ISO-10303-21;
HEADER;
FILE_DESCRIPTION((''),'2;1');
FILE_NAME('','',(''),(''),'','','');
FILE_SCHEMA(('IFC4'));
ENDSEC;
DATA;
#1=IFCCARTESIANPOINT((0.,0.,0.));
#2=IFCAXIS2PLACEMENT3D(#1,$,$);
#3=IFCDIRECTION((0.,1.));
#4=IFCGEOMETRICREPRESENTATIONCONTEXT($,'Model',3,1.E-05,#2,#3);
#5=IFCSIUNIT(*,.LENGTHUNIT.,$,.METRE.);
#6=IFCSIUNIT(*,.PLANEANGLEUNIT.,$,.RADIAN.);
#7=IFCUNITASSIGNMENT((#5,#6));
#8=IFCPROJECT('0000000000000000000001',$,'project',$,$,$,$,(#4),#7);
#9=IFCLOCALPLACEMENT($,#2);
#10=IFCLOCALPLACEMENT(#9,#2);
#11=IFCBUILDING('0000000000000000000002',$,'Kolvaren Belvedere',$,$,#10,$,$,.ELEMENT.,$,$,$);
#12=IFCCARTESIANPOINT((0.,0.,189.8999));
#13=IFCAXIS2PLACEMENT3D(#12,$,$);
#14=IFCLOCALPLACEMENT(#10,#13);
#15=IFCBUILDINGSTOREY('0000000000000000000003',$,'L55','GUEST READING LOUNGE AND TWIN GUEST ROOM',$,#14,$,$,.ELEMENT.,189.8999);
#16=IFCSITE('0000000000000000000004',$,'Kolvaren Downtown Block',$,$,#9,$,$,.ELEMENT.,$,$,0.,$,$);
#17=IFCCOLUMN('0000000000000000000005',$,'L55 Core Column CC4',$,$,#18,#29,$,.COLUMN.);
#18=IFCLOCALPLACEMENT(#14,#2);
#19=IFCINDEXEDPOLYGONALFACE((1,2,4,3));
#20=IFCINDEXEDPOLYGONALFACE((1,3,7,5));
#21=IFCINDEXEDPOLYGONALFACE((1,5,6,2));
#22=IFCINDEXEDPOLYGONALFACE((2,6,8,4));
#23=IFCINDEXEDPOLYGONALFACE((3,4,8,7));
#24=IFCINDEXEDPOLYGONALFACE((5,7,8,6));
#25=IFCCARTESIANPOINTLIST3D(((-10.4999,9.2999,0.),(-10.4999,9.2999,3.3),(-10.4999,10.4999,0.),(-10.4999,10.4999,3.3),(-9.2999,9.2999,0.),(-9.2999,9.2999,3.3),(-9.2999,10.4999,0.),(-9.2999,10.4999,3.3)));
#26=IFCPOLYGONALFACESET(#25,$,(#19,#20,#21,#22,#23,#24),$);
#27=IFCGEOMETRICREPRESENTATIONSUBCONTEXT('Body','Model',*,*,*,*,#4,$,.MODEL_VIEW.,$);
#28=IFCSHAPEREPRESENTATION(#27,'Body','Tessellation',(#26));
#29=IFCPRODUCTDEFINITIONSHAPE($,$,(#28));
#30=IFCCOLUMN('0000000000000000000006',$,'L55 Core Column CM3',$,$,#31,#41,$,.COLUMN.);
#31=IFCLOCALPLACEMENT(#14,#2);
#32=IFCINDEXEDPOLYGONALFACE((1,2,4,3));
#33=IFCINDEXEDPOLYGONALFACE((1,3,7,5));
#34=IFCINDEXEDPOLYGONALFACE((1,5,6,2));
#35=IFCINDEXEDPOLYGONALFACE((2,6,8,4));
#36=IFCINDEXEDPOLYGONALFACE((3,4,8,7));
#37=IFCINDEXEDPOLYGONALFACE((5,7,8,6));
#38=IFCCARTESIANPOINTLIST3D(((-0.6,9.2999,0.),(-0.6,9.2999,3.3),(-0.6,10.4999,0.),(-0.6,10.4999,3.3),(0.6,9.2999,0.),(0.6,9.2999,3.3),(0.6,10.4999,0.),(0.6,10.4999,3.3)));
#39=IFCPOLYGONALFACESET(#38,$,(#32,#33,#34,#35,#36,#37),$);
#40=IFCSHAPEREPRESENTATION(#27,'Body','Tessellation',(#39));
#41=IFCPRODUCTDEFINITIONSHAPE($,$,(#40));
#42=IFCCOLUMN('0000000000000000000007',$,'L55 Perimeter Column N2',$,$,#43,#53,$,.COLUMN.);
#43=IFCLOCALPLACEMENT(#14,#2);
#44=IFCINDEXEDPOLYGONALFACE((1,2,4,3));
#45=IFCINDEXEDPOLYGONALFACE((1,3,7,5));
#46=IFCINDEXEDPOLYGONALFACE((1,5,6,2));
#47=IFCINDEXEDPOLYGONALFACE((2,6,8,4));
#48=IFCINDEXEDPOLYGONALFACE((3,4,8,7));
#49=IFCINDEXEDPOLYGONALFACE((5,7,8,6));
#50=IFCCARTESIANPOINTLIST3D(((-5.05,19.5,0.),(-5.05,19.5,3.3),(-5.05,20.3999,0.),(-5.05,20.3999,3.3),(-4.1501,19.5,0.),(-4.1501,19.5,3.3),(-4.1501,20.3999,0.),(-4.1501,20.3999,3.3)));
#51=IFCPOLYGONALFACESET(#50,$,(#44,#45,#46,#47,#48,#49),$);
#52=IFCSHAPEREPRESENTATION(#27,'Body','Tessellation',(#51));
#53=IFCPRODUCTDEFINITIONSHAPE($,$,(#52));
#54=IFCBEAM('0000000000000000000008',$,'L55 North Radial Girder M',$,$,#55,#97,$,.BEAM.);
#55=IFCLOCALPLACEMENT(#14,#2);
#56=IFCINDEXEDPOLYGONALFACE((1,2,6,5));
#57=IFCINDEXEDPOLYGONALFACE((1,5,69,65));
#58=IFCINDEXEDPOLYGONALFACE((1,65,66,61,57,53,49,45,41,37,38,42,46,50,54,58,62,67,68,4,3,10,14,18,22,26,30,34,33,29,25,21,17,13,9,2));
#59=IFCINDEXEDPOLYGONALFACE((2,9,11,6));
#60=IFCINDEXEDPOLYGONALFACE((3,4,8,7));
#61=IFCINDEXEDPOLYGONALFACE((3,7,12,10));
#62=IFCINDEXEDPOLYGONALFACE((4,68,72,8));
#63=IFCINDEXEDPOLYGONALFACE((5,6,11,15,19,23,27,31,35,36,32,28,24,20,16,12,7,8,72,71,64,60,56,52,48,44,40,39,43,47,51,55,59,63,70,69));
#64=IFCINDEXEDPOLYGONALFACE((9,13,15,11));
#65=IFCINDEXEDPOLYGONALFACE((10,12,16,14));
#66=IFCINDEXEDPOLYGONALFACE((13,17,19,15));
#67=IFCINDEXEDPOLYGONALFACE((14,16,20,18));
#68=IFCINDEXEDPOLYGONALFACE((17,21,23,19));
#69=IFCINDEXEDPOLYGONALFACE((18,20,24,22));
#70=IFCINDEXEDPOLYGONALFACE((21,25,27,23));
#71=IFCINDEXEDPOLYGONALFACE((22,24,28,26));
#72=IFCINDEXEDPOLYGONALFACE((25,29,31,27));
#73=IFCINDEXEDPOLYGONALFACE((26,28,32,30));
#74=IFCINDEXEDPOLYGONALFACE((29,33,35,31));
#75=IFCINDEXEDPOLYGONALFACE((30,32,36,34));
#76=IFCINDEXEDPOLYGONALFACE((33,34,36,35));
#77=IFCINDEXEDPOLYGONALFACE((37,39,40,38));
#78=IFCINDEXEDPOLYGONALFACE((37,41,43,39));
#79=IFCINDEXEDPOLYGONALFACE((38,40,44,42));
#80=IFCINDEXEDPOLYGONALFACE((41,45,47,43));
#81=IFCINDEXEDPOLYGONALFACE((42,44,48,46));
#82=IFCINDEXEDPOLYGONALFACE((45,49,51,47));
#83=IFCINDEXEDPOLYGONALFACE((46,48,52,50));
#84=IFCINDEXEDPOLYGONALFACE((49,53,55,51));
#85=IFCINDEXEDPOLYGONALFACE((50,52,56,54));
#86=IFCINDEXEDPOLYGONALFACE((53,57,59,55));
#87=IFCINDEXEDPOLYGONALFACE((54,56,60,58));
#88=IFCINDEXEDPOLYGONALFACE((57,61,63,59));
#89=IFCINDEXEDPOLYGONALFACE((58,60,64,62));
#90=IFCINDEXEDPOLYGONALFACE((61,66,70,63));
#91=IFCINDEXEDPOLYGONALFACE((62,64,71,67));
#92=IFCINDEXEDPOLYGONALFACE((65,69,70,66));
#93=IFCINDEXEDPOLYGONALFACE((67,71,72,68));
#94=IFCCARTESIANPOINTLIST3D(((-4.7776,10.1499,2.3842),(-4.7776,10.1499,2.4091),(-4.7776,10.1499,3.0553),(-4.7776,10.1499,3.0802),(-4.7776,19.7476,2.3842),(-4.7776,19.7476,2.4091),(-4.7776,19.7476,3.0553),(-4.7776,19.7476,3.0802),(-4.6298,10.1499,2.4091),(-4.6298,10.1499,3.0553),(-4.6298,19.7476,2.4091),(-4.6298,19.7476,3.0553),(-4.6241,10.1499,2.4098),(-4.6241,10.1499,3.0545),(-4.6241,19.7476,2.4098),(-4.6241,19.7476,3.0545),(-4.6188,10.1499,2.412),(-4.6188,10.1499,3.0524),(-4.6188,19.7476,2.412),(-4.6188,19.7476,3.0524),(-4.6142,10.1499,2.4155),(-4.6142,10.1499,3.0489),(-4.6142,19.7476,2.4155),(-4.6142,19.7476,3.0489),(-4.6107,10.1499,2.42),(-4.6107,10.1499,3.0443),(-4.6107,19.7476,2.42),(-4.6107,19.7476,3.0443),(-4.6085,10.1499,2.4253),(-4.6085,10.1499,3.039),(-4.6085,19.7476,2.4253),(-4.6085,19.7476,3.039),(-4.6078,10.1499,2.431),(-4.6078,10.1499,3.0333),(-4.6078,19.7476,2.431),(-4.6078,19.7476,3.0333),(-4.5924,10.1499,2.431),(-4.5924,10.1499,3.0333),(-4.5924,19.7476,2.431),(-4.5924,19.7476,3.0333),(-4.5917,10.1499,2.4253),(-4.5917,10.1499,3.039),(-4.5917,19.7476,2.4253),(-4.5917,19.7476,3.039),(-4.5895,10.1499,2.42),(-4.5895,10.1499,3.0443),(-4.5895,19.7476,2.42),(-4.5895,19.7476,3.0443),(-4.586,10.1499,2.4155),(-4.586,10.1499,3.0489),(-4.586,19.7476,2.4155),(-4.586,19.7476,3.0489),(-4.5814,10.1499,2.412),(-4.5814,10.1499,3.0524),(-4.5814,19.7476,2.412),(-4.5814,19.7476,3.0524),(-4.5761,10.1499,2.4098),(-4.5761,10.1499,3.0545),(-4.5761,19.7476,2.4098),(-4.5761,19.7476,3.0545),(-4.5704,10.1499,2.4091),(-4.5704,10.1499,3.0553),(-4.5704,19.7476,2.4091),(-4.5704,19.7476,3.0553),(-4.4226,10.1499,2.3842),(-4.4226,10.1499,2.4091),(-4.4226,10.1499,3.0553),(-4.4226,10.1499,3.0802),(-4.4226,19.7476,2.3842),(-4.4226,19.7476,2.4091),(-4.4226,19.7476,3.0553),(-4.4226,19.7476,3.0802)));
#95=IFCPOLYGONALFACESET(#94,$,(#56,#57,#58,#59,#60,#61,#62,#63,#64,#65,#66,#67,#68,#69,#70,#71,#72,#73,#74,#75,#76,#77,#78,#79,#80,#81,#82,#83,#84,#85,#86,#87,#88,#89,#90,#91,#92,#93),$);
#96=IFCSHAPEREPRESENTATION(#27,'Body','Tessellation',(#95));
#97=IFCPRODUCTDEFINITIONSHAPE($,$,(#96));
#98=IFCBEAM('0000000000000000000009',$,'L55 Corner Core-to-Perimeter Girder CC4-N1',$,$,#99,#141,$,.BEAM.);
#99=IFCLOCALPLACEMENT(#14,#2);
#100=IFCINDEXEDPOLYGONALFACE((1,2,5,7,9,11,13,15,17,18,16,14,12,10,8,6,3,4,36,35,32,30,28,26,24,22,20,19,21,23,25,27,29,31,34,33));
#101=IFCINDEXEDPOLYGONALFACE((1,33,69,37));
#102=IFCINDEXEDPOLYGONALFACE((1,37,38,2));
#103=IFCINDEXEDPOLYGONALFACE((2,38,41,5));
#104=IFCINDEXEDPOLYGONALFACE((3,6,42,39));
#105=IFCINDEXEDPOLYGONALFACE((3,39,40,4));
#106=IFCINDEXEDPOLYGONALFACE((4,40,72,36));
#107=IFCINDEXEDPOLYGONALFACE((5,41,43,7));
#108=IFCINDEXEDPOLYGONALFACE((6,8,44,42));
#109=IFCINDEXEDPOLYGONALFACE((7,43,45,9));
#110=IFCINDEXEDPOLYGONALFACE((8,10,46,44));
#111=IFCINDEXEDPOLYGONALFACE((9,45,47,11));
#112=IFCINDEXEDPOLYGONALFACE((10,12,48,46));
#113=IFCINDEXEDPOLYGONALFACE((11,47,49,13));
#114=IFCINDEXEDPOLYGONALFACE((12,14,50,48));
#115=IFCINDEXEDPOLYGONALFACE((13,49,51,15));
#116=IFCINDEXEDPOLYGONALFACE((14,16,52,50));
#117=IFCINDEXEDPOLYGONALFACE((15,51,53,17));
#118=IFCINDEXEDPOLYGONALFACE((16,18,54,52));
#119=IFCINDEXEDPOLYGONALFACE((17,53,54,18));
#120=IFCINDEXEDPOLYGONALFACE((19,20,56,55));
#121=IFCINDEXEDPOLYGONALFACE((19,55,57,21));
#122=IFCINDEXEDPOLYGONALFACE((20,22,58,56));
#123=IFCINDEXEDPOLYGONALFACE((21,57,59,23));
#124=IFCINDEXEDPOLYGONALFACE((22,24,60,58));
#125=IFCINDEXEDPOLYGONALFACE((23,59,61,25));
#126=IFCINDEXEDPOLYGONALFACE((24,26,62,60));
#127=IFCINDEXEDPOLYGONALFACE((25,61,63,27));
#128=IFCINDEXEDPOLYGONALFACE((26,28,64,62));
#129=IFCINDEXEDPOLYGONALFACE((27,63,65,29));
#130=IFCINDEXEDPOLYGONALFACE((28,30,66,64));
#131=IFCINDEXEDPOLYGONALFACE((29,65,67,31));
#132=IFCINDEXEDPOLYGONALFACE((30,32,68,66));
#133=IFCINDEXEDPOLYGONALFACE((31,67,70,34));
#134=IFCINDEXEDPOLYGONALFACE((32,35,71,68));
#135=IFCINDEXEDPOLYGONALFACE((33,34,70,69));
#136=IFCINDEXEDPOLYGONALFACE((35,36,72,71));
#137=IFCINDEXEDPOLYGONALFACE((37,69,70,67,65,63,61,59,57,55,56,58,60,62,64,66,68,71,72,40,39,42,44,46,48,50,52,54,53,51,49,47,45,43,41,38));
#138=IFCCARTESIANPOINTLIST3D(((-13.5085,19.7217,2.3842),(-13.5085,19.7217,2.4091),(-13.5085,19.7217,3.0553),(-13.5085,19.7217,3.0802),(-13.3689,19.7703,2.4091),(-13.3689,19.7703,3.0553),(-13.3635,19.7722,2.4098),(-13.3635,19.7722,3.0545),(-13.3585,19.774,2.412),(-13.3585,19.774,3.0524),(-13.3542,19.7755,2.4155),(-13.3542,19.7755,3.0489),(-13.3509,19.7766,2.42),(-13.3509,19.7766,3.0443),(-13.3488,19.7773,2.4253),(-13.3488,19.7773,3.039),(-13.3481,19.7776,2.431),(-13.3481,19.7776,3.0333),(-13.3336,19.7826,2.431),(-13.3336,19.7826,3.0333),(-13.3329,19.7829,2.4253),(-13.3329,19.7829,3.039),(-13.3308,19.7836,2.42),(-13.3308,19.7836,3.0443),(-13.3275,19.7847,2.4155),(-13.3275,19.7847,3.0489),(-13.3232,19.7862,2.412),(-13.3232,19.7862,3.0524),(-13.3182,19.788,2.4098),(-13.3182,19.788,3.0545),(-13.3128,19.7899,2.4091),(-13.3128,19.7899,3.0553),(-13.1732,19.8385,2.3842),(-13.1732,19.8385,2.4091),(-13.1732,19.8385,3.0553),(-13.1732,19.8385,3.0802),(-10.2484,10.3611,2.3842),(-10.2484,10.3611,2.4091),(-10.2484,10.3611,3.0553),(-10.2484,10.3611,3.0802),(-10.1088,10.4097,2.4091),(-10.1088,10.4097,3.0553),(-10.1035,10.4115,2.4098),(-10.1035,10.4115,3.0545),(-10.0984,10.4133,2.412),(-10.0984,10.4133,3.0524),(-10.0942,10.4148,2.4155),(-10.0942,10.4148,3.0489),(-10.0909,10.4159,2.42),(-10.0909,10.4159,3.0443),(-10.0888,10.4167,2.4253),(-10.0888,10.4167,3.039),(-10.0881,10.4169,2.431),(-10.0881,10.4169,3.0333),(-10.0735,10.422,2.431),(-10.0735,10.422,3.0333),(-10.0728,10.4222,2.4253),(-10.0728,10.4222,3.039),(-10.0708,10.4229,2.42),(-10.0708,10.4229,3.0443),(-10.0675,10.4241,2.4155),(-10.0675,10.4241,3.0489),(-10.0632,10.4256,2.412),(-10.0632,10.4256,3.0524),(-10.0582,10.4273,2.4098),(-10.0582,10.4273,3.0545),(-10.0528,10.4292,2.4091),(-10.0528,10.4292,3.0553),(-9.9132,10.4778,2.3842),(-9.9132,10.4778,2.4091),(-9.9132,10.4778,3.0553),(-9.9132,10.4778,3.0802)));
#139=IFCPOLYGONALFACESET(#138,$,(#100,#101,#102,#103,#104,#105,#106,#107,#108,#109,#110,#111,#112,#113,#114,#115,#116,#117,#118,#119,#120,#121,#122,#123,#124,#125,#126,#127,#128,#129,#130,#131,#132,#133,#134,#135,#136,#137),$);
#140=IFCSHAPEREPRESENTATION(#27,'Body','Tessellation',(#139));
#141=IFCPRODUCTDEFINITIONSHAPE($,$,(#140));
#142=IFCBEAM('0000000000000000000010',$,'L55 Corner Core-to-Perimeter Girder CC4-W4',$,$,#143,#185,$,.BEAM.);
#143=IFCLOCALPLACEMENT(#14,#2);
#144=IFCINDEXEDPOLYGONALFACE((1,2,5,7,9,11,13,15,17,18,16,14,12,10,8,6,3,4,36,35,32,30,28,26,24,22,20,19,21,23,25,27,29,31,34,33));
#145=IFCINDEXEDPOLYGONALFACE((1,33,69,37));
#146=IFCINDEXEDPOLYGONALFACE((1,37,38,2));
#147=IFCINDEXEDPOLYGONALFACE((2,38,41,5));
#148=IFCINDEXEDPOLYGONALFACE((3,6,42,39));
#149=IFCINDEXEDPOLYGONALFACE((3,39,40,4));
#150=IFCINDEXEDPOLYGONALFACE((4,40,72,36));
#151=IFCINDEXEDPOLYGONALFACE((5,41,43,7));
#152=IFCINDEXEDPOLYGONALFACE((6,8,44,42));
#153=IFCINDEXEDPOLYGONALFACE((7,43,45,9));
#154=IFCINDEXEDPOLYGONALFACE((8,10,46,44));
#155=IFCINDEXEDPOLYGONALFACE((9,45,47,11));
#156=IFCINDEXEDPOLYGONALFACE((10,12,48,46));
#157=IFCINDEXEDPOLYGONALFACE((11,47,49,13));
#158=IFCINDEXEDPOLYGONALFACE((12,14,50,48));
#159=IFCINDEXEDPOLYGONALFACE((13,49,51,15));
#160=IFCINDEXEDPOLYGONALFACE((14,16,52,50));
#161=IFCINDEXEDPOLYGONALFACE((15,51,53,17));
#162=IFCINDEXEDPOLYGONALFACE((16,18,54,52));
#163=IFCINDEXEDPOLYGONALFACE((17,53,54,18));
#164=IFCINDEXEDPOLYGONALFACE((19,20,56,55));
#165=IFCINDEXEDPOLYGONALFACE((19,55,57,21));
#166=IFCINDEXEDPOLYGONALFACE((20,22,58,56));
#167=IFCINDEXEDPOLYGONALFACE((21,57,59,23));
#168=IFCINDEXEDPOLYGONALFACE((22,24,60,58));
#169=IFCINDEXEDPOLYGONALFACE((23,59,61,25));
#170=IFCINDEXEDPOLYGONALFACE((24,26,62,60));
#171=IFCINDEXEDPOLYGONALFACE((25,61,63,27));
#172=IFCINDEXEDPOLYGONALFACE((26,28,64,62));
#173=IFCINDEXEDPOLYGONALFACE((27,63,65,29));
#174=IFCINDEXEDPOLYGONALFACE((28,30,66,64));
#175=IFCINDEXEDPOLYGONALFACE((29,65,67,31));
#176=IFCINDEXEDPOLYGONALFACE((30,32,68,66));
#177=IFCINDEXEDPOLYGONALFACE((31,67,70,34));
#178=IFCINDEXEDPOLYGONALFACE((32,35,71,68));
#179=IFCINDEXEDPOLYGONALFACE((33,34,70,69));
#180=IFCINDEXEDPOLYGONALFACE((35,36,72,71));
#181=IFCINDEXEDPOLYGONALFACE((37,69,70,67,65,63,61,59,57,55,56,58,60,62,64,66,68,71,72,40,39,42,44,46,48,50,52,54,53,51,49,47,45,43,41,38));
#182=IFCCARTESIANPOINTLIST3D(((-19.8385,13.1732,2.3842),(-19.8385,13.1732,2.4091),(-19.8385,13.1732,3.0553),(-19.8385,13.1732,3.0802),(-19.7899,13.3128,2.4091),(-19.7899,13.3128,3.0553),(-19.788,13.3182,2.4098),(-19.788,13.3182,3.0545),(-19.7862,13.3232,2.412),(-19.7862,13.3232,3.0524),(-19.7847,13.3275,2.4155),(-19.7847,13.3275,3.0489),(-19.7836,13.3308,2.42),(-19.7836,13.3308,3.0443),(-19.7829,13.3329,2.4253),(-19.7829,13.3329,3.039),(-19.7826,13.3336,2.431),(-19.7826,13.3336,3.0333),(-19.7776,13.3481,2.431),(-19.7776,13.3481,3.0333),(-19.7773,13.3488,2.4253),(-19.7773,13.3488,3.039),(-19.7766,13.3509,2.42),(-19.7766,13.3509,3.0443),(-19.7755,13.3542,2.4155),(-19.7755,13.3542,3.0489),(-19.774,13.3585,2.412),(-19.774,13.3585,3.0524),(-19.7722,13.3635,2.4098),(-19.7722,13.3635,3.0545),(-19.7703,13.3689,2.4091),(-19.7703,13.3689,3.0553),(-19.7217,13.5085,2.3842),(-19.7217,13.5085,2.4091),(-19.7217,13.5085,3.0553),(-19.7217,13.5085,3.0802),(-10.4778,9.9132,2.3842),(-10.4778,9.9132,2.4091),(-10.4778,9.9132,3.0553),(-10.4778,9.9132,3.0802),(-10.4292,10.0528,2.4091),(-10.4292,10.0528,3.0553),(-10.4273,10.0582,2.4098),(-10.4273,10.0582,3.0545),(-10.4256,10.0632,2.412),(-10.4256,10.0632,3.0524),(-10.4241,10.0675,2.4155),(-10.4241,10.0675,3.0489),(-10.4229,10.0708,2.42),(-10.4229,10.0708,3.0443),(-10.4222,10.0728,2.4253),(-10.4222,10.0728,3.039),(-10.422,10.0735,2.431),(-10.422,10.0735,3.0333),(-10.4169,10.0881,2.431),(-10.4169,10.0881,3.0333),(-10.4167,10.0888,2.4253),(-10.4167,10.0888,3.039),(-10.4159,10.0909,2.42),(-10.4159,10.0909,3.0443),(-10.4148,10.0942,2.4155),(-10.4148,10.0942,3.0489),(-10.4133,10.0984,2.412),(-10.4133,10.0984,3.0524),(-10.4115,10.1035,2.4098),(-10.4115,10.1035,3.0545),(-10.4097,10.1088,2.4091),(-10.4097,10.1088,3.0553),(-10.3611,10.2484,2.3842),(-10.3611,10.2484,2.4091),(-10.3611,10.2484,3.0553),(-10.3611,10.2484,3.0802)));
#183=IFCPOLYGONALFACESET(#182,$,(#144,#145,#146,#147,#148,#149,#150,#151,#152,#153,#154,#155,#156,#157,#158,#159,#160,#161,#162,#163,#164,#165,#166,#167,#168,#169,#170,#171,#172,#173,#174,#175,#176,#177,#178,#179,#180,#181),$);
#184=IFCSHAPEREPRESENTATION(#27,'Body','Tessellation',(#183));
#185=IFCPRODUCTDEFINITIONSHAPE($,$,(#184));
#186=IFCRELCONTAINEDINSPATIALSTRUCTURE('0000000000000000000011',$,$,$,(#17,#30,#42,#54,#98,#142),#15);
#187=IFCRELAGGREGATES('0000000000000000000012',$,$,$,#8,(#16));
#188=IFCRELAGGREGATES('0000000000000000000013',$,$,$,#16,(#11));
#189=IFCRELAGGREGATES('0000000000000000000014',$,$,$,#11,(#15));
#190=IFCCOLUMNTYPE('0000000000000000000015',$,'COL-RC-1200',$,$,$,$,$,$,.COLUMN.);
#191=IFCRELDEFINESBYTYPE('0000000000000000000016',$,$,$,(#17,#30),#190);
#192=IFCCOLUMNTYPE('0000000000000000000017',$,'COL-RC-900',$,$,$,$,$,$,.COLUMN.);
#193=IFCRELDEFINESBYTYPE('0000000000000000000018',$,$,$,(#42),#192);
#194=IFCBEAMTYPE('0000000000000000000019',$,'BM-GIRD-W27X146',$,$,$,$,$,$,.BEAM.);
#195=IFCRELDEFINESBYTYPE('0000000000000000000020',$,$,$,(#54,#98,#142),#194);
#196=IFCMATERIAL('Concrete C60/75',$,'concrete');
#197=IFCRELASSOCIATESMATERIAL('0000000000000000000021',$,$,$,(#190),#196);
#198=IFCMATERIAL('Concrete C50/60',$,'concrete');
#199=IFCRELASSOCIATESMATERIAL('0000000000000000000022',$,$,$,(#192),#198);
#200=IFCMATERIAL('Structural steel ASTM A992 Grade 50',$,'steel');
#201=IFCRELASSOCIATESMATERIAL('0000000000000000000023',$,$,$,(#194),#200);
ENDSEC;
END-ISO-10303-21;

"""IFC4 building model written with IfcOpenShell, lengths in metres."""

from ifc_helpers import new_model, si_unit, direction, frame, origin, origin_2d, place, context, subcontext, project, spatial, rectangle, i_section, extrude, material, material_profile, profile_set, type_object, element, save


model = new_model("IFC4")

# Units and contexts
model_context = context("Model", 3, precision=1e-05, world=origin(), true_north=direction((0.0, 1.0)))
body_context = subcontext(model_context, "Body", "Model", "MODEL_VIEW")
ifc_project = project(units=[si_unit("LENGTHUNIT", "METRE"), si_unit("PLANEANGLEUNIT", "RADIAN")], contexts=[model_context])

# Site, building, storey
site_placement = place(None, origin())
site = spatial("IfcSite", under=ifc_project, at=site_placement, Name="Kolvaren Downtown Block", CompositionType="ELEMENT", RefElevation=0.0)
building_placement = place(site_placement, origin())
building = spatial("IfcBuilding", under=site, at=building_placement, Name="Kolvaren Belvedere", CompositionType="ELEMENT")
storey_placement = place(building_placement, frame((0.0, 0.0, 189.8999)))
storey = spatial("IfcBuildingStorey", under=building, at=storey_placement, Name="L55", Description="GUEST READING LOUNGE AND TWIN GUEST ROOM", CompositionType="ELEMENT", Elevation=189.8999)

# Columns
ifc_material_1 = material(Name="Concrete C60/75", Category="concrete")
ifc_material_profile_1 = material_profile(ifc_material_1, rectangle(XDim=1.2, YDim=1.2, at=origin_2d()), Name="RC 1200X1200")
ifc_profile_set_1 = profile_set([ifc_material_profile_1], Name="Concrete C60/75")
column_type_1 = type_object("IfcColumnType", Name="COL-RC-1200", PredefinedType="COLUMN", material=ifc_profile_set_1)
for number, where, z_axis, x_axis, name in (
    (1, (-9.8999, 9.8999, 0.0), (0.0, 0.0, 1.0), (1.0, 0.0, 0.0), "L55 Core Column CC4"),
    (2, (0.0, 9.8999, 0.0), (0.0, 0.0, 1.0), (1.0, 0.0, 0.0), "L55 Core Column CM3"),
):
    element("IfcColumn", number, at=place(storey_placement, frame(where, z_axis=z_axis, x_axis=x_axis)), inside=storey, type_object=column_type_1, Name=name, PredefinedType="COLUMN", context=body_context, shape_type="SweptSolid", body=[
        extrude(rectangle(XDim=1.2, YDim=1.2, at=origin_2d()), origin(), (0.0, 0.0, 1.0), 3.3),
    ])
ifc_material_2 = material(Name="Concrete C50/60", Category="concrete")
ifc_material_profile_2 = material_profile(ifc_material_2, rectangle(XDim=0.8999, YDim=0.8999, at=origin_2d()), Name="RC 900X900")
ifc_profile_set_2 = profile_set([ifc_material_profile_2], Name="Concrete C50/60")
column_type_2 = type_object("IfcColumnType", Name="COL-RC-900", PredefinedType="COLUMN", material=ifc_profile_set_2)
column_placement = place(storey_placement, frame((-4.6001, 19.95, 0.0), z_axis=(0.0, 0.0, 1.0), x_axis=(1.0, 0.0, 0.0)))
element("IfcColumn", 3, at=column_placement, inside=storey, type_object=column_type_2, Name="L55 Perimeter Column N2", PredefinedType="COLUMN", context=body_context, shape_type="SweptSolid", body=[
    extrude(rectangle(XDim=0.8999, YDim=0.8999, at=origin_2d()), origin(), (0.0, 0.0, 1.0), 3.3),
])

# Beams
ifc_material_3 = material(Name="Structural steel ASTM A992 Grade 50", Category="steel")
ifc_material_profile_3 = material_profile(ifc_material_3, i_section(OverallWidth=0.355, OverallDepth=0.696, WebThickness=0.0154, FlangeThickness=0.0249, FilletRadius=0.022, at=origin_2d()), Name="W27X146")
ifc_profile_set_3 = profile_set([ifc_material_profile_3], Name="Structural steel ASTM A992 Grade 50")
beam_type_1 = type_object("IfcBeamType", Name="BM-GIRD-W27X146", PredefinedType="BEAM", material=ifc_profile_set_3)
beam_1_placement = place(storey_placement, frame((-4.6001, 10.1499, 2.7322), z_axis=(0.0, 1.0, 0.0), x_axis=(-1.0, 0.0, 0.0)))
element("IfcBeam", 4, at=beam_1_placement, inside=storey, type_object=beam_type_1, Name="L55 North Radial Girder M", PredefinedType="BEAM", context=body_context, shape_type="SweptSolid", body=[
    extrude(i_section(OverallWidth=0.355, OverallDepth=0.696, WebThickness=0.0154, FlangeThickness=0.0249, FilletRadius=0.022, at=origin_2d()), origin(), (0.0, 0.0, 1.0), 9.5977),
])
for number, where, z_axis, x_axis, name in (
    (5, (-10.0808, 10.4194, 2.7322), (-0.328894, 0.944367, 0.0), (-0.944367, -0.328894, 0.0), "L55 Corner Core-to-Perimeter Girder CC4-N1"),
    (6, (-10.4194, 10.0808, 2.7322), (-0.944367, 0.328894, 0.0), (-0.328894, -0.944367, 0.0), "L55 Corner Core-to-Perimeter Girder CC4-W4"),
):
    element("IfcBeam", number, at=place(storey_placement, frame(where, z_axis=z_axis, x_axis=x_axis)), inside=storey, type_object=beam_type_1, Name=name, PredefinedType="BEAM", context=body_context, shape_type="SweptSolid", body=[
        extrude(i_section(OverallWidth=0.355, OverallDepth=0.696, WebThickness=0.0154, FlangeThickness=0.0249, FilletRadius=0.022, at=origin_2d()), origin(), (0.0, 0.0, 1.0), 9.9121),
    ])

save(model, "model.ifc")
